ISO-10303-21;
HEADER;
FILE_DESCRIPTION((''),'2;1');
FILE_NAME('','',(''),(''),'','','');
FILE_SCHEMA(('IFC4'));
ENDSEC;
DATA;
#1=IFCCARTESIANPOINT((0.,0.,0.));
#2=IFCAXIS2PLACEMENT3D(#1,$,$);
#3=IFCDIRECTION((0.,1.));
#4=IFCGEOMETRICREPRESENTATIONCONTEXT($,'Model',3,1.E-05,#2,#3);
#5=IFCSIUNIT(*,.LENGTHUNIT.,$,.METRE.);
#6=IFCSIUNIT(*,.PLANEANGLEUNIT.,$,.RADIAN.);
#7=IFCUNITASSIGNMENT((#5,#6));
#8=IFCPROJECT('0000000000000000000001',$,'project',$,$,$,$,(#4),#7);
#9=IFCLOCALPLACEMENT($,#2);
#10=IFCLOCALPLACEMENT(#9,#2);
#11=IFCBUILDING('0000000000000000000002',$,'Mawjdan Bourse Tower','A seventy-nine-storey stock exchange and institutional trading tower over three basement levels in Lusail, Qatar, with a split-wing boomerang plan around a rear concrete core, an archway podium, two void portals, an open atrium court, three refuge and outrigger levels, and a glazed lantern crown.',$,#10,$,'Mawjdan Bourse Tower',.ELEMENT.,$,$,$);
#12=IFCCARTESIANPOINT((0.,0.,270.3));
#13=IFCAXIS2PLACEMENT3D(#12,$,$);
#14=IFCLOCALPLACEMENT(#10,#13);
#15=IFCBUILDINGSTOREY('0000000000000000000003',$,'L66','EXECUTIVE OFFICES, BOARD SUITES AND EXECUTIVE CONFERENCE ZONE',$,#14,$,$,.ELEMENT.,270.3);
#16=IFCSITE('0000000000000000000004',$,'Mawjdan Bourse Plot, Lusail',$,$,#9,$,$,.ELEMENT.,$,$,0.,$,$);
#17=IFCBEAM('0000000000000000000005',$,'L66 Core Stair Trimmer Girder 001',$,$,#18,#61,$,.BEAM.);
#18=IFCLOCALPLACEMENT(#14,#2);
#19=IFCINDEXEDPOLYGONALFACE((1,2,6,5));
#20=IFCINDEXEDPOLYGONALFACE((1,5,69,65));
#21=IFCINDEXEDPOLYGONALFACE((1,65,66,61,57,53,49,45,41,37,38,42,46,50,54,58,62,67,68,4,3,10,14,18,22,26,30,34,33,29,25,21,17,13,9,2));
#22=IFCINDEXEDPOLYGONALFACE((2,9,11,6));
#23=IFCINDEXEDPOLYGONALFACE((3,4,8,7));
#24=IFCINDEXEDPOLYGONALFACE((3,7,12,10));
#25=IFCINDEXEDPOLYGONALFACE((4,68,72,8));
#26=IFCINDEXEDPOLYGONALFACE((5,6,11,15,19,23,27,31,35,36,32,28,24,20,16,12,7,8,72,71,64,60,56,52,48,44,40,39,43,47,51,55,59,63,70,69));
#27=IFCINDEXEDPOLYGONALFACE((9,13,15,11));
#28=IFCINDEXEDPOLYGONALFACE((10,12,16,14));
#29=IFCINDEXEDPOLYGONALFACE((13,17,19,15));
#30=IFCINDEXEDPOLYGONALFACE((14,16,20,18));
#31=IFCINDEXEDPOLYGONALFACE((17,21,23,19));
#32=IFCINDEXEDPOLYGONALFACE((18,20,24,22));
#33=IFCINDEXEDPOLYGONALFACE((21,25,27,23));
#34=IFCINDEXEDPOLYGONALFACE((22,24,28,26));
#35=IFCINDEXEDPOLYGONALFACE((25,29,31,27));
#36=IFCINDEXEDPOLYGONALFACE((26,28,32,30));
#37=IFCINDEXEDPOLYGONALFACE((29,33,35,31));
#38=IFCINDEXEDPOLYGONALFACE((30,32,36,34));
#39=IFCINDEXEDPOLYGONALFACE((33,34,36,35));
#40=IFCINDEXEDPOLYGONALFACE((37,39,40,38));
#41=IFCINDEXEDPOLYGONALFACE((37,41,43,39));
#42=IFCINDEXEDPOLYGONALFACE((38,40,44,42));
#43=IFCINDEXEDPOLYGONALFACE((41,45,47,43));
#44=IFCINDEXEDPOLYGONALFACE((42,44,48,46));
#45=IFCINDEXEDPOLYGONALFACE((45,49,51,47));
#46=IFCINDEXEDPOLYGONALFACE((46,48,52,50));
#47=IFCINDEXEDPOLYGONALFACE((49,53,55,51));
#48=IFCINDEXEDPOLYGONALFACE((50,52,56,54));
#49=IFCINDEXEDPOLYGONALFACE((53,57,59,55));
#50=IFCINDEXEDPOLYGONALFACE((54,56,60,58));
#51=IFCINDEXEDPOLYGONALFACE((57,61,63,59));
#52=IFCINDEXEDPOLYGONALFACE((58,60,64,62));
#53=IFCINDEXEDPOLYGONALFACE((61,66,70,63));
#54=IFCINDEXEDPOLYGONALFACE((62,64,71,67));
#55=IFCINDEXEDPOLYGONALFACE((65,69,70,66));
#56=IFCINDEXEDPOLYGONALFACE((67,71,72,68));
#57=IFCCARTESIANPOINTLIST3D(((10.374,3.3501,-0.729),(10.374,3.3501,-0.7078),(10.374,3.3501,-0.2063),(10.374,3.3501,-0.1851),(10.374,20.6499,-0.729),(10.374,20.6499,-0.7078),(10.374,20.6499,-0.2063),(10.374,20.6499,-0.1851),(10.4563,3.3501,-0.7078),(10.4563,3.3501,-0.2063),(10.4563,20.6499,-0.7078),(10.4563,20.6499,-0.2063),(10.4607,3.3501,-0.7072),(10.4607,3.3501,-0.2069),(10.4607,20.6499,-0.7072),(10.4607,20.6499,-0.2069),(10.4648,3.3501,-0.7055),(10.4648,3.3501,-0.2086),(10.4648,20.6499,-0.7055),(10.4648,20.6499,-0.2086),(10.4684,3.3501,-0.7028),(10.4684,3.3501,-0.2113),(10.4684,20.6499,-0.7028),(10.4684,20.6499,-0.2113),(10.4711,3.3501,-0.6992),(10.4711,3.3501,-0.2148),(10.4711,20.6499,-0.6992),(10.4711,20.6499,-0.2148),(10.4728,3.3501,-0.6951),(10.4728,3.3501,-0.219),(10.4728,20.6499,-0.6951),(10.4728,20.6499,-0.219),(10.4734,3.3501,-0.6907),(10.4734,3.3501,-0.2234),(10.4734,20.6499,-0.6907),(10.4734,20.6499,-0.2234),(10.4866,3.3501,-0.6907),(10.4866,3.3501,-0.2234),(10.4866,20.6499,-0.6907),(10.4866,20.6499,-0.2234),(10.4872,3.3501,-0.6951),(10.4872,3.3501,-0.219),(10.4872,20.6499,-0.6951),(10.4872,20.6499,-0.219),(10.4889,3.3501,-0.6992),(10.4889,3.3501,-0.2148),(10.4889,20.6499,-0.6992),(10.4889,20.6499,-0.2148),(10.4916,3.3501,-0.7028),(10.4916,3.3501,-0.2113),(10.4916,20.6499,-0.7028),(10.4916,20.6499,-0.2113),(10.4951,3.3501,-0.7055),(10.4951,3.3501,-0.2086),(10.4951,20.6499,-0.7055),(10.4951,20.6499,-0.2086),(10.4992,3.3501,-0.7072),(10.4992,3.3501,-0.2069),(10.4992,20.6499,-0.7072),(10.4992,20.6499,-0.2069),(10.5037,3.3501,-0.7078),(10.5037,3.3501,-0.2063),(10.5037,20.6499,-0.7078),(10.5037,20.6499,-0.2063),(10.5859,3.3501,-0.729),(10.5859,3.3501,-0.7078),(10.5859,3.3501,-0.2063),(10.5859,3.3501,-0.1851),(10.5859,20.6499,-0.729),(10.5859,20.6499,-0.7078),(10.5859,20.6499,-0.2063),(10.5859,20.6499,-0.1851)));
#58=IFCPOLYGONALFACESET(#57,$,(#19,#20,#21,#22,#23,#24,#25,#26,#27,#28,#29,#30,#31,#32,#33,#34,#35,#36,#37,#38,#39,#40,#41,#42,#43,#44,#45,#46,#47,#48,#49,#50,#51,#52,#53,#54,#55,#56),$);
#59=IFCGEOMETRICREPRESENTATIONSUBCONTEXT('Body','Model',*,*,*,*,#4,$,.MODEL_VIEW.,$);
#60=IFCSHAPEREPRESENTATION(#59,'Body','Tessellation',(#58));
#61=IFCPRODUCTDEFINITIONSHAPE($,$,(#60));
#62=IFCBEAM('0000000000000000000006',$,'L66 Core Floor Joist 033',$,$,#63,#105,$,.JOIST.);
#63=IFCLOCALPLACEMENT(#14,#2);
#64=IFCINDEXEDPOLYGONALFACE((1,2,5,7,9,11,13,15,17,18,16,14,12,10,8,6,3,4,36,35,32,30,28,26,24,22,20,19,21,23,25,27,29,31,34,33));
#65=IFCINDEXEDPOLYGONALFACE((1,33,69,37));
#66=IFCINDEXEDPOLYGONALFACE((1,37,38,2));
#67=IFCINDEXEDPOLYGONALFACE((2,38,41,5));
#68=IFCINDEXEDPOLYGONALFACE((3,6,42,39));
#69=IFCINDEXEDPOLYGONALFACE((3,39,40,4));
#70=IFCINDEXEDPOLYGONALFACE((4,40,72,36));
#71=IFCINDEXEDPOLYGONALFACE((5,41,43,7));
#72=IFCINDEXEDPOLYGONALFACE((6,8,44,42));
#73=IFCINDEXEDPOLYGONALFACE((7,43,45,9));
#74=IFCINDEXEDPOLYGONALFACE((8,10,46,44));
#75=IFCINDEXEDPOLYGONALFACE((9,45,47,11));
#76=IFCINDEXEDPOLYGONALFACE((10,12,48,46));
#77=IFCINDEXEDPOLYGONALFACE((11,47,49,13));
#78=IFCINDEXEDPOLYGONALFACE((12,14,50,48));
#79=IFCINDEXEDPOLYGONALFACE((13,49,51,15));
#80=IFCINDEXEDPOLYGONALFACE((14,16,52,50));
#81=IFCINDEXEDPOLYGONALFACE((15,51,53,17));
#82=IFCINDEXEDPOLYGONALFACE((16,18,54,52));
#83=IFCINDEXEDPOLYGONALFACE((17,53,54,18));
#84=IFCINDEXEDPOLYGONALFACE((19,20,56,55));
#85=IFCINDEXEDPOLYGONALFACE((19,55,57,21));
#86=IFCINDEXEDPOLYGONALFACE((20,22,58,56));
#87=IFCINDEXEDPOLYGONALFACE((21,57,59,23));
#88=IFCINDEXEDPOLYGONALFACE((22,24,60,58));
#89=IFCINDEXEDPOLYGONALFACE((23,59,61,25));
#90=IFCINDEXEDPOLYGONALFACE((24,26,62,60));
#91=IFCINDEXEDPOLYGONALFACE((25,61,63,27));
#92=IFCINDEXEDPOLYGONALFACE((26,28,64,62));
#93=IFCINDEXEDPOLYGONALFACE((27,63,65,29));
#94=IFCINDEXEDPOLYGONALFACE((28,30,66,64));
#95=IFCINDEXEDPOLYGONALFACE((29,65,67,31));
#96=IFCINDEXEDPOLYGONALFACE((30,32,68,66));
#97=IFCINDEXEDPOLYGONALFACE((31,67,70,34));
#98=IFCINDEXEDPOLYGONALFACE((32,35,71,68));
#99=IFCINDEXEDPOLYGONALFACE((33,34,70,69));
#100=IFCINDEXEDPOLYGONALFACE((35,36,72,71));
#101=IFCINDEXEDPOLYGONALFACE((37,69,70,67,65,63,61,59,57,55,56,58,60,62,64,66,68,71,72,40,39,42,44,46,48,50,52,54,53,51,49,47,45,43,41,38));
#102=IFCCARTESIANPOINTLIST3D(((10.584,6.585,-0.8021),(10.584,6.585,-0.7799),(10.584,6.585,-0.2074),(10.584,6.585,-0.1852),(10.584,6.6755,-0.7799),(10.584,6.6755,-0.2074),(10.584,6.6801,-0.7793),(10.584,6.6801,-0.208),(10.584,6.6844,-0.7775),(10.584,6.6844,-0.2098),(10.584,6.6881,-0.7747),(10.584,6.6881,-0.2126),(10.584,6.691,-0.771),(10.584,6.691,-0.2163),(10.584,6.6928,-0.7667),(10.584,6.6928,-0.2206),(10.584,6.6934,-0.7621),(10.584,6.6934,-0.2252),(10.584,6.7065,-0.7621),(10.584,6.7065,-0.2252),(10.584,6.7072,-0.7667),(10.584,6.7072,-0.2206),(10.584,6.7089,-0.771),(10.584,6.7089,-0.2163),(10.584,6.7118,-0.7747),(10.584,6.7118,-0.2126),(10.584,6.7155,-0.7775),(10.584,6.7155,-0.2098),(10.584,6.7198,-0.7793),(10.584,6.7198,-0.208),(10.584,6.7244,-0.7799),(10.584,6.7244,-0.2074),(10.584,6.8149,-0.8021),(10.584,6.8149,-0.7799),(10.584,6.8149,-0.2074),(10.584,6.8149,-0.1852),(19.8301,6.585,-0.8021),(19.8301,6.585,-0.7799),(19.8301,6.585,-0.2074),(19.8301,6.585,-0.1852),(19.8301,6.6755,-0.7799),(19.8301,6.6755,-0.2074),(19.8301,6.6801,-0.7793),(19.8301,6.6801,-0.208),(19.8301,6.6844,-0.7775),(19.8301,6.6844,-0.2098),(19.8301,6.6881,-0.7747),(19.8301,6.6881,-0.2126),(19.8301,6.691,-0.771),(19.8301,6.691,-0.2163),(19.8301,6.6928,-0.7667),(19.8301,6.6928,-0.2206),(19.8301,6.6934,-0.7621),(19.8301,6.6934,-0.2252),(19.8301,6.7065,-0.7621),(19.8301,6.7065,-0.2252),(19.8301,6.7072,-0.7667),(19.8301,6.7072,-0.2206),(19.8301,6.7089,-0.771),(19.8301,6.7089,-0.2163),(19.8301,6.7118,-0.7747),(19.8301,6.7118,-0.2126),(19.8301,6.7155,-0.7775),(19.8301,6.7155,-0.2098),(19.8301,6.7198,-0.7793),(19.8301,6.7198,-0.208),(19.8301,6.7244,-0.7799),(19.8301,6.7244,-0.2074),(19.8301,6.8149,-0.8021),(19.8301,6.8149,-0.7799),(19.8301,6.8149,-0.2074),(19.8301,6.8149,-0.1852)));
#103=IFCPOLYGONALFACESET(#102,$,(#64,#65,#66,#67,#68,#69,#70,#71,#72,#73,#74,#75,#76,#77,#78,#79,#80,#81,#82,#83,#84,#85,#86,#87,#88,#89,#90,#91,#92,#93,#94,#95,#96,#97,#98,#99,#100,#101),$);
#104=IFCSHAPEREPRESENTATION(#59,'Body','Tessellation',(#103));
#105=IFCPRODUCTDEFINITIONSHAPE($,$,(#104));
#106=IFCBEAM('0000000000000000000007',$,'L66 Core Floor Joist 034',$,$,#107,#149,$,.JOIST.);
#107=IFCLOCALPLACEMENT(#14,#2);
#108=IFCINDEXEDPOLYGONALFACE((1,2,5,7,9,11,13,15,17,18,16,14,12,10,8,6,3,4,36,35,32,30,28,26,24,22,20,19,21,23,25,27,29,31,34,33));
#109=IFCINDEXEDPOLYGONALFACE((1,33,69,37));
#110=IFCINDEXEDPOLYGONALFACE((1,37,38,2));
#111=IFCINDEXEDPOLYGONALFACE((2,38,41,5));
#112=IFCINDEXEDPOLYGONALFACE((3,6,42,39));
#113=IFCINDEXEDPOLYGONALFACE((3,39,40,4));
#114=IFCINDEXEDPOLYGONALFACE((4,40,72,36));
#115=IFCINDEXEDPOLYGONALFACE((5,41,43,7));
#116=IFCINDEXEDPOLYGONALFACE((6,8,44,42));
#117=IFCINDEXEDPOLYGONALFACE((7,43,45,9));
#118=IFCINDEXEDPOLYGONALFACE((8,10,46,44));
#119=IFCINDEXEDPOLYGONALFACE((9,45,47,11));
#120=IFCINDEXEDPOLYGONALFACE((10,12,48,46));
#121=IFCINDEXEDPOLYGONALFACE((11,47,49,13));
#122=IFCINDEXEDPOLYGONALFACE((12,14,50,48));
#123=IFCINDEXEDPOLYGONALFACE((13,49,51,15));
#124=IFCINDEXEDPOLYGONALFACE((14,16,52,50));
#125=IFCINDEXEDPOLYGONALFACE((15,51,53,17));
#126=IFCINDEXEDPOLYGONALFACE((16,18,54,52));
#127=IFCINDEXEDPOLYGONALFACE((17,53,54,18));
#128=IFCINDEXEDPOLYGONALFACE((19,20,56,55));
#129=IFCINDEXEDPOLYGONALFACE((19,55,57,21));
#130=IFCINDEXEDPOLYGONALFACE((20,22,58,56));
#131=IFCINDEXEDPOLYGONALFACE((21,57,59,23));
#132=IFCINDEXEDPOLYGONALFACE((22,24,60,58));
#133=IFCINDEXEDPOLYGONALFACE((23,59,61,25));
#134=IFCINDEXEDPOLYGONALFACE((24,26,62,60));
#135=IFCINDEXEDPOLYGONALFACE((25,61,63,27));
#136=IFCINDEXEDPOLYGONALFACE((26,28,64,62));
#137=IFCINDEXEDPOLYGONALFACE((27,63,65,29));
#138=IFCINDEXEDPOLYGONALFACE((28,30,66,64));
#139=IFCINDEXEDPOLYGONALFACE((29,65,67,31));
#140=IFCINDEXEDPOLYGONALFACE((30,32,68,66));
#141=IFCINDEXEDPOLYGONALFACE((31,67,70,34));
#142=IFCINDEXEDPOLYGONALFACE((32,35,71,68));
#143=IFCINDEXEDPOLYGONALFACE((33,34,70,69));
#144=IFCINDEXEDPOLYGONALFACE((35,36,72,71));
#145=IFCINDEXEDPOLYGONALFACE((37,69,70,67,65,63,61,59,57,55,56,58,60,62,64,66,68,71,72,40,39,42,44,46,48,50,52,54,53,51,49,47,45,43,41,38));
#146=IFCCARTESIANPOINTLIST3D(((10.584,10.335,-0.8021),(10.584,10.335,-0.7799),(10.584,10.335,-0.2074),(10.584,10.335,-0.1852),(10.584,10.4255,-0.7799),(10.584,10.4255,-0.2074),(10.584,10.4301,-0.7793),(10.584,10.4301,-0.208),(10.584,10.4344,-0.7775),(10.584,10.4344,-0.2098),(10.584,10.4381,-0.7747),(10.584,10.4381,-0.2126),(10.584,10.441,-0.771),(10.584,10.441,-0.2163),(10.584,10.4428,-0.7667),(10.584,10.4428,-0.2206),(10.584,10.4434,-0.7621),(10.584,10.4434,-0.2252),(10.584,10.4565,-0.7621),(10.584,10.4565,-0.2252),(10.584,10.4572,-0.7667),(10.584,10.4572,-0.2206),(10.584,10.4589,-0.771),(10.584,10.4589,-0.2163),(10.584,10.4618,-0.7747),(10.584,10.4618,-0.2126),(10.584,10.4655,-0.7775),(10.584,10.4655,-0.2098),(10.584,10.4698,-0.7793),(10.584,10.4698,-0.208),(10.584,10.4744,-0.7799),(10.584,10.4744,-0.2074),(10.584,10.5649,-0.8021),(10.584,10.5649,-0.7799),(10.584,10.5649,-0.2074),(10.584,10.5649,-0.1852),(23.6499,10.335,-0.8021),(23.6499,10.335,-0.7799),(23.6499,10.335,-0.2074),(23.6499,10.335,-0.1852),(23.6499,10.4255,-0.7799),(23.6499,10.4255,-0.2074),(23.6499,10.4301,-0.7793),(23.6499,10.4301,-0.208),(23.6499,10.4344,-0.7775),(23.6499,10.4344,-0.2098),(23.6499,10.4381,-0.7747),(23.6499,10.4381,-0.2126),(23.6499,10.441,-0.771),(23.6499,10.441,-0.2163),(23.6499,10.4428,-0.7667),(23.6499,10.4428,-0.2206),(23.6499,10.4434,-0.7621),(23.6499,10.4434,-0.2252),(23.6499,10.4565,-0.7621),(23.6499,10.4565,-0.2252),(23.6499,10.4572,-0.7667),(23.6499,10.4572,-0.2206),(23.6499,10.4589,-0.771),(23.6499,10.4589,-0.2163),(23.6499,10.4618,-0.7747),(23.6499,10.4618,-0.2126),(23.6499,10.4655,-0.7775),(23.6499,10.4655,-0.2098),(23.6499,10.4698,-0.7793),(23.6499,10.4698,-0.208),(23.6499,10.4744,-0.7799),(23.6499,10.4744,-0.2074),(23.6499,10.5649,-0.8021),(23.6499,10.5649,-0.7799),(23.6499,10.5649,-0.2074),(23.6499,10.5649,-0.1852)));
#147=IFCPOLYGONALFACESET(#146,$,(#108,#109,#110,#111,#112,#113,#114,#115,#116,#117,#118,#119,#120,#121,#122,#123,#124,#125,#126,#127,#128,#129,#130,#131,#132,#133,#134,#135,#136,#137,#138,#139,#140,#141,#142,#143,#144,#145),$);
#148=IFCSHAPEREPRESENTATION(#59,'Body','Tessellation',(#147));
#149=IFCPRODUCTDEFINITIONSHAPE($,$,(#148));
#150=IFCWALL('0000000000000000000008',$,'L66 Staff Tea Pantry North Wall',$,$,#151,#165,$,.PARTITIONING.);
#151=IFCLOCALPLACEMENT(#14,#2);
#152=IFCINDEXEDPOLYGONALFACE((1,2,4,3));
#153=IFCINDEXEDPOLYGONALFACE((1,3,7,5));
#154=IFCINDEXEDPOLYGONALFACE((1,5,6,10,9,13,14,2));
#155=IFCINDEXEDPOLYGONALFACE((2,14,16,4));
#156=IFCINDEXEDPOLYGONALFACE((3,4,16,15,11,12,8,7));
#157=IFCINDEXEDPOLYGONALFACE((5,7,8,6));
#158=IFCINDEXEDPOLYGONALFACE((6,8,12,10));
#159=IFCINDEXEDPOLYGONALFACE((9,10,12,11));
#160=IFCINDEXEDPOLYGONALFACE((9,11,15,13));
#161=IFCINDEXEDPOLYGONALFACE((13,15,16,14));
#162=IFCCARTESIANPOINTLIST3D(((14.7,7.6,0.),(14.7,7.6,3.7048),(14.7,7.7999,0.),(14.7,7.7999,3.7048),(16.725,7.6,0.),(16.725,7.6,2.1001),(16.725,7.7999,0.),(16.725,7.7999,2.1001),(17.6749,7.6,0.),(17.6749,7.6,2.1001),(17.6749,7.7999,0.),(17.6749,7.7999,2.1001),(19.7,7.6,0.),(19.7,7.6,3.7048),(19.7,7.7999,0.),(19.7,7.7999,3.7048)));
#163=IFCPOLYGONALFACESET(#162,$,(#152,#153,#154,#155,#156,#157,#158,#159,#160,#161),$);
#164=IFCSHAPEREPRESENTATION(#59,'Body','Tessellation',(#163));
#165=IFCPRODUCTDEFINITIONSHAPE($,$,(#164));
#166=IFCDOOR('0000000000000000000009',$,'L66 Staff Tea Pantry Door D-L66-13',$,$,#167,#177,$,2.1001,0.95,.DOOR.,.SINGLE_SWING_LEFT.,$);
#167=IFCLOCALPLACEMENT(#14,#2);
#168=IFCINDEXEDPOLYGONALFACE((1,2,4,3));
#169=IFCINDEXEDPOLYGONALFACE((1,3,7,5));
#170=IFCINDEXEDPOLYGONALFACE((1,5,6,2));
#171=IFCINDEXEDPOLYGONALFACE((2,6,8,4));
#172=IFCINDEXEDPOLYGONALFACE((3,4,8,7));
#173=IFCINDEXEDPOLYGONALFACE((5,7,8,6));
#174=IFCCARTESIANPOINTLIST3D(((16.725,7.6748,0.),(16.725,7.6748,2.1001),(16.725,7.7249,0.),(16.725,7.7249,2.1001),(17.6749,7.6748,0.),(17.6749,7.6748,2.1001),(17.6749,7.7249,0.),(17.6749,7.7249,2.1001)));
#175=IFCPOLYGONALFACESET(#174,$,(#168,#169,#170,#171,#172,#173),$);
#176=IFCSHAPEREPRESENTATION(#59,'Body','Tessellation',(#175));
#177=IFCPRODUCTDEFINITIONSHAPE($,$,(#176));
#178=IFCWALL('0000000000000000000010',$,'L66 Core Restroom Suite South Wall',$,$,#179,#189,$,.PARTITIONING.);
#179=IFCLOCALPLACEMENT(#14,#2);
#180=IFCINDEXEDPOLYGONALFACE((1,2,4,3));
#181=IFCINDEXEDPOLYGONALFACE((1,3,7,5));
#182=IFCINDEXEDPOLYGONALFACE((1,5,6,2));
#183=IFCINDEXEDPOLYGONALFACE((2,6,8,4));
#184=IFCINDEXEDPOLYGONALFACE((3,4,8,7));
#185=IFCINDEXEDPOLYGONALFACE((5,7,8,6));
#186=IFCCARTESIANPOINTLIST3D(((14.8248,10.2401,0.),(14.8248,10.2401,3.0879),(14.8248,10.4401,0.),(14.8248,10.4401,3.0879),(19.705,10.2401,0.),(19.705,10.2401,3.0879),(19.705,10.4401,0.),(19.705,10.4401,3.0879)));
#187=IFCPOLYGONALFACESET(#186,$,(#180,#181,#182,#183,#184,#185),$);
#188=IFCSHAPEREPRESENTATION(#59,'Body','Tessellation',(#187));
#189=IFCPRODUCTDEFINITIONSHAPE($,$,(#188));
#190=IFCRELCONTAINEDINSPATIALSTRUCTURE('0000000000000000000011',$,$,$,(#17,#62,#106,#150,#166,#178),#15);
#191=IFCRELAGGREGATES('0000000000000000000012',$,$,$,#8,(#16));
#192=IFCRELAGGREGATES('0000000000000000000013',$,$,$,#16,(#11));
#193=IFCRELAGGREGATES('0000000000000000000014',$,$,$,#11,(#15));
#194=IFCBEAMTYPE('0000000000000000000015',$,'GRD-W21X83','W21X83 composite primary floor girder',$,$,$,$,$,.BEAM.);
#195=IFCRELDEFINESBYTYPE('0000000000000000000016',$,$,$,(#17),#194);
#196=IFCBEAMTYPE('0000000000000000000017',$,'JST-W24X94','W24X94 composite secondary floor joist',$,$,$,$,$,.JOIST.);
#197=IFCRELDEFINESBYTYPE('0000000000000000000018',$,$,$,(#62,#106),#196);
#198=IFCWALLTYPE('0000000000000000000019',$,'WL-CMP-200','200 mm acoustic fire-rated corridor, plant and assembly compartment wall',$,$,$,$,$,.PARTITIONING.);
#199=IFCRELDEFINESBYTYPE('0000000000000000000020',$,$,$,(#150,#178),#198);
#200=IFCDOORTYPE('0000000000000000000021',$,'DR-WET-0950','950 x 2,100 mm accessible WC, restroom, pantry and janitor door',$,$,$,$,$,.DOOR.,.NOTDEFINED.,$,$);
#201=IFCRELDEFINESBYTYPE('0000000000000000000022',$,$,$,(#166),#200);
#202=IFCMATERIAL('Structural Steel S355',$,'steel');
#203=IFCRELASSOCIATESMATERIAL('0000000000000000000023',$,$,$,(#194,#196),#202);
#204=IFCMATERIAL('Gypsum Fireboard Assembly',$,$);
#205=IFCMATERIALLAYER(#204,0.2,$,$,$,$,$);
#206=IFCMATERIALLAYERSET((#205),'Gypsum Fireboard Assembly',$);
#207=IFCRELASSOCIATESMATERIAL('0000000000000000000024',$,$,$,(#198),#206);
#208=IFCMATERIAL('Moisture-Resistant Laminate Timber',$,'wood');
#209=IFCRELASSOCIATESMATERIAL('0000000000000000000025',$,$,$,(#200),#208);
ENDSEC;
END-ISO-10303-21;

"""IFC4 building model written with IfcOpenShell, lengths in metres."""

from ifc_helpers import new_model, si_unit, direction, frame, frame_2d, origin, origin_2d, place, context, subcontext, project, spatial, rectangle, i_section, extrude, material, layer, layer_set, material_profile, profile_set, type_object, element, fill, save


model = new_model("IFC4")

# Units and contexts
model_context = context("Model", 3, precision=1e-05, world=origin(), true_north=direction((0.0, 1.0)))
body_context = subcontext(model_context, "Body", "Model", "MODEL_VIEW")
ifc_project = project(units=[si_unit("LENGTHUNIT", "METRE"), si_unit("PLANEANGLEUNIT", "RADIAN")], contexts=[model_context])

# Site, building, storey
site_placement = place(None, origin())
site = spatial("IfcSite", under=ifc_project, at=site_placement, Name="Mawjdan Bourse Plot, Lusail", CompositionType="ELEMENT", RefElevation=0.0)
building_placement = place(site_placement, origin())
building = spatial("IfcBuilding", under=site, at=building_placement, Name="Mawjdan Bourse Tower", Description="A seventy-nine-storey stock exchange and institutional trading tower over three basement levels in Lusail, Qatar, with a split-wing boomerang plan around a rear concrete core, an archway podium, two void portals, an open atrium court, three refuge and outrigger levels, and a glazed lantern crown.", LongName="Mawjdan Bourse Tower", CompositionType="ELEMENT")
storey_placement = place(building_placement, frame((0.0, 0.0, 270.3)))
storey = spatial("IfcBuildingStorey", under=building, at=storey_placement, Name="L66", Description="EXECUTIVE OFFICES, BOARD SUITES AND EXECUTIVE CONFERENCE ZONE", CompositionType="ELEMENT", Elevation=270.3)

# Beams
ifc_material_1 = material(Name="Structural Steel S355", Category="steel")
ifc_material_profile_1 = material_profile(ifc_material_1, i_section(OverallWidth=0.2119, OverallDepth=0.5439, WebThickness=0.0132, FlangeThickness=0.0212, FilletRadius=0.0171, at=origin_2d()), Name="W21X83")
ifc_profile_set_1 = profile_set([ifc_material_profile_1], Name="Structural Steel S355")
beam_type_1 = type_object("IfcBeamType", Name="GRD-W21X83", Description="W21X83 composite primary floor girder", PredefinedType="BEAM", material=ifc_profile_set_1)
beam_1_placement = place(storey_placement, frame((10.48, 3.3501, -0.457), z_axis=(0.0, 1.0, 0.0), x_axis=(-1.0, 0.0, 0.0)))
element("IfcBeam", 1, at=beam_1_placement, inside=storey, type_object=beam_type_1, Name="L66 Core Stair Trimmer Girder 001", PredefinedType="BEAM", context=body_context, shape_type="SweptSolid", body=[
    extrude(i_section(OverallWidth=0.2119, OverallDepth=0.5439, WebThickness=0.0132, FlangeThickness=0.0212, FilletRadius=0.0171, at=origin_2d()), origin(), (0.0, 0.0, 1.0), 17.2998),
])
ifc_material_profile_2 = material_profile(ifc_material_1, i_section(OverallWidth=0.23, OverallDepth=0.6169, WebThickness=0.0132, FlangeThickness=0.0222, FilletRadius=0.0178, at=origin_2d()), Name="W24X94")
ifc_profile_set_2 = profile_set([ifc_material_profile_2], Name="Structural Steel S355")
beam_type_2 = type_object("IfcBeamType", Name="JST-W24X94", Description="W24X94 composite secondary floor joist", PredefinedType="JOIST", material=ifc_profile_set_2)
beam_2_placement = place(storey_placement, frame((10.584, 6.7, -0.4937), z_axis=(1.0, 0.0, 0.0), x_axis=(0.0, 1.0, 0.0)))
element("IfcBeam", 2, at=beam_2_placement, inside=storey, type_object=beam_type_2, Name="L66 Core Floor Joist 033", PredefinedType="JOIST", context=body_context, shape_type="SweptSolid", body=[
    extrude(i_section(OverallWidth=0.23, OverallDepth=0.6169, WebThickness=0.0132, FlangeThickness=0.0222, FilletRadius=0.0178, at=origin_2d()), origin(), (0.0, 0.0, 1.0), 9.2461),
])
beam_3_placement = place(storey_placement, frame((10.584, 10.45, -0.4937), z_axis=(1.0, 0.0, 0.0), x_axis=(0.0, 1.0, 0.0)))
element("IfcBeam", 3, at=beam_3_placement, inside=storey, type_object=beam_type_2, Name="L66 Core Floor Joist 034", PredefinedType="JOIST", context=body_context, shape_type="SweptSolid", body=[
    extrude(i_section(OverallWidth=0.23, OverallDepth=0.6169, WebThickness=0.0132, FlangeThickness=0.0222, FilletRadius=0.0178, at=origin_2d()), origin(), (0.0, 0.0, 1.0), 13.0659),
])

# Wall, opening, door
ifc_material_2 = material(Name="Gypsum Fireboard Assembly")
ifc_layer_1 = layer(ifc_material_2, 0.2)
ifc_layer_set_1 = layer_set([ifc_layer_1], Name="Gypsum Fireboard Assembly")
wall_type_1 = type_object("IfcWallType", Name="WL-CMP-200", Description="200 mm acoustic fire-rated corridor, plant and assembly compartment wall", PredefinedType="PARTITIONING", material=ifc_layer_set_1)
wall_1_placement = place(storey_placement, frame((14.7, 7.7, 0.0), z_axis=(0.0, 0.0, 1.0), x_axis=(1.0, 0.0, 0.0)))
wall_1 = element("IfcWall", 4, at=wall_1_placement, inside=storey, type_object=wall_type_1, Name="L66 Staff Tea Pantry North Wall", PredefinedType="PARTITIONING", context=body_context, shape_type="SweptSolid", body=[
    extrude(rectangle(XDim=5.0, YDim=0.2, at=frame_2d((2.5, 0.0))), origin(), (0.0, 0.0, 1.0), 3.7048),
])
opening_1_placement = place(wall_1_placement, frame((2.0249, 0.0, 0.0)))
opening_1 = element("IfcOpeningElement", 5, at=opening_1_placement, cuts=wall_1, PredefinedType="OPENING", context=body_context, shape_type="SweptSolid", body=[
    extrude(rectangle(XDim=0.95, YDim=2.1001, at=frame_2d((0.4751, 1.05))), frame((0.0, 0.1099, 0.0), z_axis=(0.0, -1.0, 0.0), x_axis=(1.0, 0.0, 0.0)), (0.0, 0.0, 1.0), 0.22),
])
ifc_material_3 = material(Name="Moisture-Resistant Laminate Timber", Category="wood")
door_type_1 = type_object("IfcDoorType", Name="DR-WET-0950", Description="950 x 2,100 mm accessible WC, restroom, pantry and janitor door", OperationType="NOTDEFINED", PredefinedType="DOOR", material=ifc_material_3)
door_1_placement = place(opening_1_placement, origin())
door_1 = element("IfcDoor", 6, at=door_1_placement, inside=storey, type_object=door_type_1, Name="L66 Staff Tea Pantry Door D-L66-13", OperationType="SINGLE_SWING_LEFT", OverallHeight=2.1001, OverallWidth=0.95, PredefinedType="DOOR", context=body_context, shape_type="SweptSolid", body=[
    extrude(rectangle(XDim=0.95, YDim=2.1001, at=frame_2d((0.4751, 1.05))), frame((0.0, 0.0249, 0.0), z_axis=(0.0, -1.0, 0.0), x_axis=(1.0, 0.0, 0.0)), (0.0, 0.0, 1.0), 0.05),
])
fill(opening_1, door_1)

# Wall
wall_2_placement = place(storey_placement, frame((14.825, 10.3401, 0.0), z_axis=(0.0, 0.0, 1.0), x_axis=(1.0, 0.0, 0.0)))
element("IfcWall", 7, at=wall_2_placement, inside=storey, type_object=wall_type_1, Name="L66 Core Restroom Suite South Wall", PredefinedType="PARTITIONING", context=body_context, shape_type="SweptSolid", body=[
    extrude(rectangle(XDim=4.8801, YDim=0.2, at=frame_2d((2.4399, 0.0))), origin(), (0.0, 0.0, 1.0), 3.0879),
])

save(model, "model.ifc")
